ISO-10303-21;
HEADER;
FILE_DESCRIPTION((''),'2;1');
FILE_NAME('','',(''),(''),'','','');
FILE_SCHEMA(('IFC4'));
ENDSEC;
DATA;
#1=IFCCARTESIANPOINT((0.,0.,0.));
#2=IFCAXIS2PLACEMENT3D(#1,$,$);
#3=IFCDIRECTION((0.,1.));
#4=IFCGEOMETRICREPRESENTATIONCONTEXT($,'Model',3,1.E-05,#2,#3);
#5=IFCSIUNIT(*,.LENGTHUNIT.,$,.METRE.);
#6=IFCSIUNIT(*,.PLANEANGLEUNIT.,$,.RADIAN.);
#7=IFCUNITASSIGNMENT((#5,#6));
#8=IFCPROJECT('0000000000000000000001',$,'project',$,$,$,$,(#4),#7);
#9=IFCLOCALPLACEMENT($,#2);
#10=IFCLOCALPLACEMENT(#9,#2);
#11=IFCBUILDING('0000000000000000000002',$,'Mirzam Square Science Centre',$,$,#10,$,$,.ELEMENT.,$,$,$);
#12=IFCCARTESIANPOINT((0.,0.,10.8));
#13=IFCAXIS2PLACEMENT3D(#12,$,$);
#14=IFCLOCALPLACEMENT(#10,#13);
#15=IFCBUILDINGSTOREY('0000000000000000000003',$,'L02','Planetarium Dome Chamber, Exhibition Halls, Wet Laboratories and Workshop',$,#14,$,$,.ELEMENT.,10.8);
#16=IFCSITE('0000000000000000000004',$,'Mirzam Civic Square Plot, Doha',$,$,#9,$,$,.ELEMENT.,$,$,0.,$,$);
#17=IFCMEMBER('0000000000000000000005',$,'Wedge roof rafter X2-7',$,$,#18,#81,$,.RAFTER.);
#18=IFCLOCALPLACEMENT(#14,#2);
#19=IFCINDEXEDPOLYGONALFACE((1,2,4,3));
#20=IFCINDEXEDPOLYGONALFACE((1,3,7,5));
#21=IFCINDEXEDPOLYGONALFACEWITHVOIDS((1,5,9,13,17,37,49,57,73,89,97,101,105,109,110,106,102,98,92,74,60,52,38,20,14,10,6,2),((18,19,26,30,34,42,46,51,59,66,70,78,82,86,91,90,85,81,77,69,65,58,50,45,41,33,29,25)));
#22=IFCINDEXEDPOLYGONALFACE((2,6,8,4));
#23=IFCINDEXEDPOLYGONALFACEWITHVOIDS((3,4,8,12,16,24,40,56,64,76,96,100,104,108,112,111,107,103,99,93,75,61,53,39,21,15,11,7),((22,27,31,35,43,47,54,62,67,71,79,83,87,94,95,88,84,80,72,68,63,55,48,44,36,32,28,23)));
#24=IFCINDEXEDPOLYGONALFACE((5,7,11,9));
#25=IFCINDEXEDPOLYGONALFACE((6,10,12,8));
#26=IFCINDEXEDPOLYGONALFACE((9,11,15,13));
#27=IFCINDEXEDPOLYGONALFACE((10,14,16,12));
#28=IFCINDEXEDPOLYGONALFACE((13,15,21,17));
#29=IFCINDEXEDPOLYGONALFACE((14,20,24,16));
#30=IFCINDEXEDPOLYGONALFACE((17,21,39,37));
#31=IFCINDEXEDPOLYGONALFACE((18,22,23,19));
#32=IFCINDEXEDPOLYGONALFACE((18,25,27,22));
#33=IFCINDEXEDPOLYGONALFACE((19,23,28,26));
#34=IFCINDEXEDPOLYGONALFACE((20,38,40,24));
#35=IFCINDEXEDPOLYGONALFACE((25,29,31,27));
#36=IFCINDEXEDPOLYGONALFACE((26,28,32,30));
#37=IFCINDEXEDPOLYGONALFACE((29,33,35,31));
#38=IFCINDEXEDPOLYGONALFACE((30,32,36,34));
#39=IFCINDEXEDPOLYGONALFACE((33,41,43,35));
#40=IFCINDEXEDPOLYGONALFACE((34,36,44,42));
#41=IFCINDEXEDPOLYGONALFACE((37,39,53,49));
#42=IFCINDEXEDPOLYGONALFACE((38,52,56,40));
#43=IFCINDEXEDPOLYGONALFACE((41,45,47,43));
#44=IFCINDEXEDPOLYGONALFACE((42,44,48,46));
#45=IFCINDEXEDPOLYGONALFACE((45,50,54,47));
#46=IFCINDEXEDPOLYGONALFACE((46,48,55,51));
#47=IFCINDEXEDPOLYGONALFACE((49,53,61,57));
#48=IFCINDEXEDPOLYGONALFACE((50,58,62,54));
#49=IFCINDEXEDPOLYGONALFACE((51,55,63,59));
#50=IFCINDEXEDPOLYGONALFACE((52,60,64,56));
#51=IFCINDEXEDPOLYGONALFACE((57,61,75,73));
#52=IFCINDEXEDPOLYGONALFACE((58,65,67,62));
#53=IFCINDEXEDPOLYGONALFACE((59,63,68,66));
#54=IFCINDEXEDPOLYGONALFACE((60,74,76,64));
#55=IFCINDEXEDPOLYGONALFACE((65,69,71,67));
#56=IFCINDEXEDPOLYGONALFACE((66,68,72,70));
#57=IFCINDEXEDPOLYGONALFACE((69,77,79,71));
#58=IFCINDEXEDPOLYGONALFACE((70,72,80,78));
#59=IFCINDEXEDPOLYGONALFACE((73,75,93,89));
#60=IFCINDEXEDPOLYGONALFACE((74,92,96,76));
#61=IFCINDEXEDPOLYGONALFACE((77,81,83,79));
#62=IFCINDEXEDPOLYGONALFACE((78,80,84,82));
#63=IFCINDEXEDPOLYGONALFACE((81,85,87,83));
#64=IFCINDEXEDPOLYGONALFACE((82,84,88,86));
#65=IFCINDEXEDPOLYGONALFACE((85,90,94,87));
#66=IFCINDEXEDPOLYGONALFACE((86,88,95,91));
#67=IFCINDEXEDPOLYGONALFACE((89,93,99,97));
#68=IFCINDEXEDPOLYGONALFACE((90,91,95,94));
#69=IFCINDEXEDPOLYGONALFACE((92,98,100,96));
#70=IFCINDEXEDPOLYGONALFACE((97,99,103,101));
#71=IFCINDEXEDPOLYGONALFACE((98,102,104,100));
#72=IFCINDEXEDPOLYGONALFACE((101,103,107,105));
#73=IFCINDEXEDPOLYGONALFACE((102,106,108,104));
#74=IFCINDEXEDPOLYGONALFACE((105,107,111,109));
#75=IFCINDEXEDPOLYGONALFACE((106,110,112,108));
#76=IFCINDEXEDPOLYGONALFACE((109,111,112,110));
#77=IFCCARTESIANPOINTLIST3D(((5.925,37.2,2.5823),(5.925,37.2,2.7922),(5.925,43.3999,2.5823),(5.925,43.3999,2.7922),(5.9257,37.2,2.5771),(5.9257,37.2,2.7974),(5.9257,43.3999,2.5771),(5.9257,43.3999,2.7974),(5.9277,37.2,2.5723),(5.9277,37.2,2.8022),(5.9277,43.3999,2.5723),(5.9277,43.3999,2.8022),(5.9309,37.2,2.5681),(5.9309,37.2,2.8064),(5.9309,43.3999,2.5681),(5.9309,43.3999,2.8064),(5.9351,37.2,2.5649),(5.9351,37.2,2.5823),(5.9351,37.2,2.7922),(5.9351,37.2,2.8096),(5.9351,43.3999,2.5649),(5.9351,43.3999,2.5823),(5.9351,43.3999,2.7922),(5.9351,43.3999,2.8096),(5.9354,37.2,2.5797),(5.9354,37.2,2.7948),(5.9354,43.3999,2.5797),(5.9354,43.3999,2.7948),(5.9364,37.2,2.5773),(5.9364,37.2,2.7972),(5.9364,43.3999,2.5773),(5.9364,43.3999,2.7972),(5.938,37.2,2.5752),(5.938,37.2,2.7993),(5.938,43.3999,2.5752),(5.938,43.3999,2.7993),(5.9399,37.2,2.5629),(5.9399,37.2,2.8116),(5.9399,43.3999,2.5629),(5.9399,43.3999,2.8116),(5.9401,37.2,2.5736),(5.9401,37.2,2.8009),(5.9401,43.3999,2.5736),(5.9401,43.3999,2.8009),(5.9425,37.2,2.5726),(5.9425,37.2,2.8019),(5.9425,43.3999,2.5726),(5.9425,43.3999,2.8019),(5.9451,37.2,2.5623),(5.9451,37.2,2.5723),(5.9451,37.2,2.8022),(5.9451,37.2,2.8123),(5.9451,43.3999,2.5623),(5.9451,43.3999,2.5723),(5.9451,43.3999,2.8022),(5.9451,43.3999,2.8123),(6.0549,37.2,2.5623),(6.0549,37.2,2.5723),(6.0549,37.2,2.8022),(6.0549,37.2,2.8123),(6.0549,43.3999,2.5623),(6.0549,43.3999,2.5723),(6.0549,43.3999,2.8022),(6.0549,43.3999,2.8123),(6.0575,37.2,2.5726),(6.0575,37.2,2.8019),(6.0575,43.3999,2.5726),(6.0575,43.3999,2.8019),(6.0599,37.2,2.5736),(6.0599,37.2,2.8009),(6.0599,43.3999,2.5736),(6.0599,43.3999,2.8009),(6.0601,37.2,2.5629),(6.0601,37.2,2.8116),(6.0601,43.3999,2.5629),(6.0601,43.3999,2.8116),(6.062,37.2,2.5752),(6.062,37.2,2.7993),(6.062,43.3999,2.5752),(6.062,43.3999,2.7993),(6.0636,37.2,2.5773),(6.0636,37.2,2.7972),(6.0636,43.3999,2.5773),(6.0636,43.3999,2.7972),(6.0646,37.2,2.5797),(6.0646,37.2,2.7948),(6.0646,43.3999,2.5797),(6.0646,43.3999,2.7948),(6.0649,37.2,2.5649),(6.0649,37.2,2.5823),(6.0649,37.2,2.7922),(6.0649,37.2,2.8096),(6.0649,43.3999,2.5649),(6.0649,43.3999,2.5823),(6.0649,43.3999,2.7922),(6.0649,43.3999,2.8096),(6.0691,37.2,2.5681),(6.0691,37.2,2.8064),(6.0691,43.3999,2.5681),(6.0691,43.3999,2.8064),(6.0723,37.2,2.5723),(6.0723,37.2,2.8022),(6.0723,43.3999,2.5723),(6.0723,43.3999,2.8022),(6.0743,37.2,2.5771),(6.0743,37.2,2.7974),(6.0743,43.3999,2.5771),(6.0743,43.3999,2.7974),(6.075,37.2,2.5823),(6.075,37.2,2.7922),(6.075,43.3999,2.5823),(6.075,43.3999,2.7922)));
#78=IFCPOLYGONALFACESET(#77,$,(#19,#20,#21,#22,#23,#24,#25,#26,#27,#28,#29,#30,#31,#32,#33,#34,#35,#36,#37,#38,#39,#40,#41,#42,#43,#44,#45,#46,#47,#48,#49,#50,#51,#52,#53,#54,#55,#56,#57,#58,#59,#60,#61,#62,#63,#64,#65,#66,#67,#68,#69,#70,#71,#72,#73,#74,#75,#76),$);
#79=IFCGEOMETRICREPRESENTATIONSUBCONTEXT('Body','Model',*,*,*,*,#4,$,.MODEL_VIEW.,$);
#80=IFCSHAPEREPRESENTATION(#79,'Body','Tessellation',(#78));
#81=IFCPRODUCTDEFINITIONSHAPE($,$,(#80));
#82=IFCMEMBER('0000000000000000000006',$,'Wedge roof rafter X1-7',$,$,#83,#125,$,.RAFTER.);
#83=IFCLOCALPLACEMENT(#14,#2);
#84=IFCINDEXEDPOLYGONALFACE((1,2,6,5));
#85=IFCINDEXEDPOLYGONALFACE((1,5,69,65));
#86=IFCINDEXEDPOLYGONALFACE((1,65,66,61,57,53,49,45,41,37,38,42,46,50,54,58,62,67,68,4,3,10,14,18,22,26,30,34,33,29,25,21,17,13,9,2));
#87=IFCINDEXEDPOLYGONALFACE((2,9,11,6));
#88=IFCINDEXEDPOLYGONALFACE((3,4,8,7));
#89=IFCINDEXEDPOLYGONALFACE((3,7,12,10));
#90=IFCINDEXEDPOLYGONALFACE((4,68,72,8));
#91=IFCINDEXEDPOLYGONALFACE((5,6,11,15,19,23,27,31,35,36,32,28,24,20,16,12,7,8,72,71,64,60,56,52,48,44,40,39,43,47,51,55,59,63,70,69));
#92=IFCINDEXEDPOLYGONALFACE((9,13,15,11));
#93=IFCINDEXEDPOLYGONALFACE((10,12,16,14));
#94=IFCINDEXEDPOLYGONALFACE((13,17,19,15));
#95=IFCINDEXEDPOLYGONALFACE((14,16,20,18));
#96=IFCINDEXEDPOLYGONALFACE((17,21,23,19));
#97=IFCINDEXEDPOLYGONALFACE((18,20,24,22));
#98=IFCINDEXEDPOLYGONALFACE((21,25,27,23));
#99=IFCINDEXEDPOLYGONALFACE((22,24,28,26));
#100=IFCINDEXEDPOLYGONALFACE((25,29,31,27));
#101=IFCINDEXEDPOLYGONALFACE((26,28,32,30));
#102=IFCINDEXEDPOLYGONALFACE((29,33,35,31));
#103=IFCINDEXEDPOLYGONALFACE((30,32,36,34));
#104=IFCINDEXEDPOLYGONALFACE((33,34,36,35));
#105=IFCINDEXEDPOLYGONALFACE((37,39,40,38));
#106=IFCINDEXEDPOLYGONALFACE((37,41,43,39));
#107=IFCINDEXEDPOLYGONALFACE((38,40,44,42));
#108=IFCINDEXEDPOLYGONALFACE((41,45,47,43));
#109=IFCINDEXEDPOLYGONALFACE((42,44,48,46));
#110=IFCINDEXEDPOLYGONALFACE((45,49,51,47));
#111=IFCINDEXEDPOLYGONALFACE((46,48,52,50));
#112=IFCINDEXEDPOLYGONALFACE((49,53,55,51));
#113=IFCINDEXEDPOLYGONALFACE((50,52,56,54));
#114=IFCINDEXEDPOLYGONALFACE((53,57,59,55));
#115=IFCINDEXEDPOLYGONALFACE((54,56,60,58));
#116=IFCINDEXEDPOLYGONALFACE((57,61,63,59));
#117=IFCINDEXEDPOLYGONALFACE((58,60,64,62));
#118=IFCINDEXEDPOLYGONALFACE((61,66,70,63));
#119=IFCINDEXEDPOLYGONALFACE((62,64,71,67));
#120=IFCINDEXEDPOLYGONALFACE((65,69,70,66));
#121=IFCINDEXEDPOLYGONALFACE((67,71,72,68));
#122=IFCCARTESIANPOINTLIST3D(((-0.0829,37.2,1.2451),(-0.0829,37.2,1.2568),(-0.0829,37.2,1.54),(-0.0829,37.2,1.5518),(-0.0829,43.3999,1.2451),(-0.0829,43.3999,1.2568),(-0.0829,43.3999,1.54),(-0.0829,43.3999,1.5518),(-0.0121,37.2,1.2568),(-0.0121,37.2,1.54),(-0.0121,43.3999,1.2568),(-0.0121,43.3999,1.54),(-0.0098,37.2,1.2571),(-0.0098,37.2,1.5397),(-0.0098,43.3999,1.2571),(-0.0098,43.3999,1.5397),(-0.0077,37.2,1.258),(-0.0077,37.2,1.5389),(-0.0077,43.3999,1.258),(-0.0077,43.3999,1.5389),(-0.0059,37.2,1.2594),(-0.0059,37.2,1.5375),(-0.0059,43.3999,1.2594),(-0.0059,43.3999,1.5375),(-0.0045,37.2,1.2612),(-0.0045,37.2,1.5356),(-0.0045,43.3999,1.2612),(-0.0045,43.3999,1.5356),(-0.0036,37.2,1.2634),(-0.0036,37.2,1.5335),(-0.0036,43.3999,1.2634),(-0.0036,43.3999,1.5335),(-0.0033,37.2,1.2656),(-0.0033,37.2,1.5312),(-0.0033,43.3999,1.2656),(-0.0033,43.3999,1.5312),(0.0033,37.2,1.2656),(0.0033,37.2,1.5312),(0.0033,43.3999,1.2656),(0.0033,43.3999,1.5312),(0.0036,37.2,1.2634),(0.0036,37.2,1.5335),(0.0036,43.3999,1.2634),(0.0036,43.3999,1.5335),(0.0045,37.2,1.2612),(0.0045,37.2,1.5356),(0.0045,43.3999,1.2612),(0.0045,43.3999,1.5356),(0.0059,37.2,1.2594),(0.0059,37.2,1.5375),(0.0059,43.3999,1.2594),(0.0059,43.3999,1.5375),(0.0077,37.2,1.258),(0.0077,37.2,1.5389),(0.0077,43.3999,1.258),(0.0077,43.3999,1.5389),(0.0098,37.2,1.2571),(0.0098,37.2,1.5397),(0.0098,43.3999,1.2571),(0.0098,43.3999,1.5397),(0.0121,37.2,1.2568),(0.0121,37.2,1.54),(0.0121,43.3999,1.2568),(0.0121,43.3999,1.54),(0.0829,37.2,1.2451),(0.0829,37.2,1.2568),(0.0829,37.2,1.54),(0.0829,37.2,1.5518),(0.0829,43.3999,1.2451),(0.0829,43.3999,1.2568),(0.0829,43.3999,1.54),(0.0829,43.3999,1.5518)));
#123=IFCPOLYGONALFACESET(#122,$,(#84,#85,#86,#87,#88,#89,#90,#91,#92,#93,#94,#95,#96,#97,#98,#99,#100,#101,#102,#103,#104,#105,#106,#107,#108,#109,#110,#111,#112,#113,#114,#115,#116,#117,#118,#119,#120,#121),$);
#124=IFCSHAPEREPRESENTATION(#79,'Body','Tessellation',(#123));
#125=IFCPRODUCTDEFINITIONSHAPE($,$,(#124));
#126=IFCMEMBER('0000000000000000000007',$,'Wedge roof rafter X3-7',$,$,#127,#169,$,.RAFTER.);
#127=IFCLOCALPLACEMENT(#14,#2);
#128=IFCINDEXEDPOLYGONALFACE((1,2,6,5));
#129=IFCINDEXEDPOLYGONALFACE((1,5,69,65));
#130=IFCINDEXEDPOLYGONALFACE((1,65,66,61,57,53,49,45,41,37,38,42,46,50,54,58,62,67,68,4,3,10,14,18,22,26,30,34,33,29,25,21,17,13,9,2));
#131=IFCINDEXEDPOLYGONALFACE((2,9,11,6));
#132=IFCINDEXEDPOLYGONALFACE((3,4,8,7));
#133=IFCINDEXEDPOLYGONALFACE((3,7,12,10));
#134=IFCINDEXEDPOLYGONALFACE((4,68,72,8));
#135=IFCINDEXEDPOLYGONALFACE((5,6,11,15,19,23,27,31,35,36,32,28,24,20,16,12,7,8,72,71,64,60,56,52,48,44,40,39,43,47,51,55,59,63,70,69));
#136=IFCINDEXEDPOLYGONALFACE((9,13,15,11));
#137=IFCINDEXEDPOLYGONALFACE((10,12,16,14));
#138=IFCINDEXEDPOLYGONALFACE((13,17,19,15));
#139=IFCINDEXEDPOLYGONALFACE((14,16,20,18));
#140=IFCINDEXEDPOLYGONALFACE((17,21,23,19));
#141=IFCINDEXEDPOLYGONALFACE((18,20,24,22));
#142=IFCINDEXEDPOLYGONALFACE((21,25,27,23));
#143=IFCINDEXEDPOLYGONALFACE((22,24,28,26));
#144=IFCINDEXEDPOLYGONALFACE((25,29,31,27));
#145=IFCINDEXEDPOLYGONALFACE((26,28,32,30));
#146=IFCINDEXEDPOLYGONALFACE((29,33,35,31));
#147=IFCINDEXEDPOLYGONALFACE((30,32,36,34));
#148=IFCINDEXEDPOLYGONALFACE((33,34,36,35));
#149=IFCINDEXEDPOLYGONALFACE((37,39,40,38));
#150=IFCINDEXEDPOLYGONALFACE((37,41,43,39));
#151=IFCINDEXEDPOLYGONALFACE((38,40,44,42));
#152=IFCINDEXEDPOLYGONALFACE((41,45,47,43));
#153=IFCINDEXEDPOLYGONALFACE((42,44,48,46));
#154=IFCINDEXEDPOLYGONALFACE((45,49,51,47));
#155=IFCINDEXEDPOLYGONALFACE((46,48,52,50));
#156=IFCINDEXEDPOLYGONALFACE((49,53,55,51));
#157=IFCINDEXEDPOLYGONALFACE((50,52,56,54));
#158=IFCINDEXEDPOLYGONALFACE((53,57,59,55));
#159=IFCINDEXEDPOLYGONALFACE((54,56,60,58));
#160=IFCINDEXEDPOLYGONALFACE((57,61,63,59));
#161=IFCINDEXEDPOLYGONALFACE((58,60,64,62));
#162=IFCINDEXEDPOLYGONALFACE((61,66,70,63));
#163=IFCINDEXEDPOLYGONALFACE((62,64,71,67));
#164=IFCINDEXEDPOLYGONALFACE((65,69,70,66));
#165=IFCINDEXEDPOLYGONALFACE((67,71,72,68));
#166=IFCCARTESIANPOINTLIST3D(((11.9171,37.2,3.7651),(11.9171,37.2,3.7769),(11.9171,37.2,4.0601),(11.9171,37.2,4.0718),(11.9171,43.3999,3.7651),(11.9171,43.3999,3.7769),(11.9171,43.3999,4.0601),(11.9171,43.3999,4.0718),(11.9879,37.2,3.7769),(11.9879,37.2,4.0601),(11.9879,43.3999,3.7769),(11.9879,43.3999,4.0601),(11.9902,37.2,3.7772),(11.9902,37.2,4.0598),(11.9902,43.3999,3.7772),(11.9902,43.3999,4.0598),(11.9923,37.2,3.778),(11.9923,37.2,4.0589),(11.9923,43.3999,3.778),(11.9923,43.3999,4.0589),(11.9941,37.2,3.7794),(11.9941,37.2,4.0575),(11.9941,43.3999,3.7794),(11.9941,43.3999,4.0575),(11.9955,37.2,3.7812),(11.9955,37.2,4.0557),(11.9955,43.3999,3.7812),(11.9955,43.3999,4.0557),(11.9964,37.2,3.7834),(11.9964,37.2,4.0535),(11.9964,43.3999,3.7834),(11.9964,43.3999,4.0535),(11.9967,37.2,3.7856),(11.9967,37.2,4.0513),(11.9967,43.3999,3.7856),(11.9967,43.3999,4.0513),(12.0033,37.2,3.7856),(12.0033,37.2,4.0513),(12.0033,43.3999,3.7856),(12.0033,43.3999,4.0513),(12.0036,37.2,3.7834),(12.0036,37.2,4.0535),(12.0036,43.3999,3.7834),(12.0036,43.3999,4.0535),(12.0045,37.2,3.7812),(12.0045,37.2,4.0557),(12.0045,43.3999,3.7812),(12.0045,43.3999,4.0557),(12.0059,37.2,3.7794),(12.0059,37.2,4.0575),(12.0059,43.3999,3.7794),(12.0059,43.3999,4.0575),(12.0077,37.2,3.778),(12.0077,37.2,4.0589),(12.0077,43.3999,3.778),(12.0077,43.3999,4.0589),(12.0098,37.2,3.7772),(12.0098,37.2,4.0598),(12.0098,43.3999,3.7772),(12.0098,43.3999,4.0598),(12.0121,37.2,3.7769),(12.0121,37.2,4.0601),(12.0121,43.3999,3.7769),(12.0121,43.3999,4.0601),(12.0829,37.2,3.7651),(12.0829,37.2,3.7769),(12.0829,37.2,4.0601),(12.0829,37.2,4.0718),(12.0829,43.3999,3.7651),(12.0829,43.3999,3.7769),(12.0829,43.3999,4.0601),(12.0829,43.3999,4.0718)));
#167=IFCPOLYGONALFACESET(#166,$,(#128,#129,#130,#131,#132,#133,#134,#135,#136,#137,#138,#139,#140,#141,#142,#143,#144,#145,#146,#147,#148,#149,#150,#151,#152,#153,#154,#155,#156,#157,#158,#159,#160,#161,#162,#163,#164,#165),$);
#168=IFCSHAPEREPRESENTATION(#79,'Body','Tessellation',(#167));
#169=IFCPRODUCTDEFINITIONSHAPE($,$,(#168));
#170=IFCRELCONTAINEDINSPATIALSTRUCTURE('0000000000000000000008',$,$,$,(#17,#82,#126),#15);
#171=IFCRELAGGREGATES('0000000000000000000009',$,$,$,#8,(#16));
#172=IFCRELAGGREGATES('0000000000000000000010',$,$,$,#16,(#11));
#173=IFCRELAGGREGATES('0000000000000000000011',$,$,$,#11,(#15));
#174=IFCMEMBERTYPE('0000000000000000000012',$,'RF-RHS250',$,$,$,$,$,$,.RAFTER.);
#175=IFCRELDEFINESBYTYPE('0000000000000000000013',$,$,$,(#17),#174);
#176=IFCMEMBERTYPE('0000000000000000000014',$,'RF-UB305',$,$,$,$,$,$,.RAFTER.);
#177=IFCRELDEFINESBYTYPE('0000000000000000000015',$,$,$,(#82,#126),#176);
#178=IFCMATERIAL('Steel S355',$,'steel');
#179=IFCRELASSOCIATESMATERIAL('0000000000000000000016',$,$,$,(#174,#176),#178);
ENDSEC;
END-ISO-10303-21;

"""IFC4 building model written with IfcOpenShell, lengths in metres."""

from ifc_helpers import new_model, si_unit, direction, frame, origin, origin_2d, place, context, subcontext, project, spatial, hollow_rectangle, i_section, extrude, material, material_profile, profile_set, type_object, element, save


model = new_model("IFC4")

# Units and contexts
model_context = context("Model", 3, precision=1e-05, world=origin(), true_north=direction((0.0, 1.0)))
body_context = subcontext(model_context, "Body", "Model", "MODEL_VIEW")
ifc_project = project(units=[si_unit("LENGTHUNIT", "METRE"), si_unit("PLANEANGLEUNIT", "RADIAN")], contexts=[model_context])

# Site, building, storey
site_placement = place(None, origin())
site = spatial("IfcSite", under=ifc_project, at=site_placement, Name="Mirzam Civic Square Plot, Doha", CompositionType="ELEMENT", RefElevation=0.0)
building_placement = place(site_placement, origin())
building = spatial("IfcBuilding", under=site, at=building_placement, Name="Mirzam Square Science Centre", CompositionType="ELEMENT")
storey_placement = place(building_placement, frame((0.0, 0.0, 10.8)))
storey = spatial("IfcBuildingStorey", under=building, at=storey_placement, Name="L02", Description="Planetarium Dome Chamber, Exhibition Halls, Wet Laboratories and Workshop", CompositionType="ELEMENT", Elevation=10.8)

# Shared definitions
ifc_material_1 = material(Name="Steel S355", Category="steel")

# Members
ifc_material_profile_1 = material_profile(ifc_material_1, hollow_rectangle(XDim=0.1499, YDim=0.25, WallThickness=0.01, InnerFilletRadius=0.01, OuterFilletRadius=0.02, at=origin_2d()), Name="250x150x10.0RHS")
ifc_profile_set_1 = profile_set([ifc_material_profile_1], Name="Steel S355")
member_type_1 = type_object("IfcMemberType", Name="RF-RHS250", PredefinedType="RAFTER", material=ifc_profile_set_1)
member_1_placement = place(storey_placement, frame((6.0, 37.2, 2.6873), z_axis=(0.0, 1.0, 0.0), x_axis=(-1.0, 0.0, 0.0)))
element("IfcMember", 1, at=member_1_placement, inside=storey, type_object=member_type_1, Name="Wedge roof rafter X2-7", PredefinedType="RAFTER", context=body_context, shape_type="SweptSolid", body=[
    extrude(hollow_rectangle(XDim=0.1499, YDim=0.25, WallThickness=0.01, InnerFilletRadius=0.01, OuterFilletRadius=0.02, at=origin_2d()), origin(), (0.0, 0.0, 1.0), 6.2),
])
ifc_material_profile_2 = material_profile(ifc_material_1, i_section(OverallWidth=0.1658, OverallDepth=0.3066, WebThickness=0.0066, FlangeThickness=0.0117, FilletRadius=0.0088, at=origin_2d()), Name="305x165x46UB")
ifc_profile_set_2 = profile_set([ifc_material_profile_2], Name="Steel S355")
member_type_2 = type_object("IfcMemberType", Name="RF-UB305", PredefinedType="RAFTER", material=ifc_profile_set_2)
for number, where, z_axis, x_axis, name in (
    (2, (0.0, 37.2, 1.3984), (0.0, 1.0, 0.0), (-1.0, 0.0, 0.0), "Wedge roof rafter X1-7"),
    (3, (12.0, 37.2, 3.9185), (0.0, 1.0, 0.0), (-1.0, 0.0, 0.0), "Wedge roof rafter X3-7"),
):
    element("IfcMember", number, at=place(storey_placement, frame(where, z_axis=z_axis, x_axis=x_axis)), inside=storey, type_object=member_type_2, Name=name, PredefinedType="RAFTER", context=body_context, shape_type="SweptSolid", body=[
        extrude(i_section(OverallWidth=0.1658, OverallDepth=0.3066, WebThickness=0.0066, FlangeThickness=0.0117, FilletRadius=0.0088, at=origin_2d()), origin(), (0.0, 0.0, 1.0), 6.2),
    ])

save(model, "model.ifc")
